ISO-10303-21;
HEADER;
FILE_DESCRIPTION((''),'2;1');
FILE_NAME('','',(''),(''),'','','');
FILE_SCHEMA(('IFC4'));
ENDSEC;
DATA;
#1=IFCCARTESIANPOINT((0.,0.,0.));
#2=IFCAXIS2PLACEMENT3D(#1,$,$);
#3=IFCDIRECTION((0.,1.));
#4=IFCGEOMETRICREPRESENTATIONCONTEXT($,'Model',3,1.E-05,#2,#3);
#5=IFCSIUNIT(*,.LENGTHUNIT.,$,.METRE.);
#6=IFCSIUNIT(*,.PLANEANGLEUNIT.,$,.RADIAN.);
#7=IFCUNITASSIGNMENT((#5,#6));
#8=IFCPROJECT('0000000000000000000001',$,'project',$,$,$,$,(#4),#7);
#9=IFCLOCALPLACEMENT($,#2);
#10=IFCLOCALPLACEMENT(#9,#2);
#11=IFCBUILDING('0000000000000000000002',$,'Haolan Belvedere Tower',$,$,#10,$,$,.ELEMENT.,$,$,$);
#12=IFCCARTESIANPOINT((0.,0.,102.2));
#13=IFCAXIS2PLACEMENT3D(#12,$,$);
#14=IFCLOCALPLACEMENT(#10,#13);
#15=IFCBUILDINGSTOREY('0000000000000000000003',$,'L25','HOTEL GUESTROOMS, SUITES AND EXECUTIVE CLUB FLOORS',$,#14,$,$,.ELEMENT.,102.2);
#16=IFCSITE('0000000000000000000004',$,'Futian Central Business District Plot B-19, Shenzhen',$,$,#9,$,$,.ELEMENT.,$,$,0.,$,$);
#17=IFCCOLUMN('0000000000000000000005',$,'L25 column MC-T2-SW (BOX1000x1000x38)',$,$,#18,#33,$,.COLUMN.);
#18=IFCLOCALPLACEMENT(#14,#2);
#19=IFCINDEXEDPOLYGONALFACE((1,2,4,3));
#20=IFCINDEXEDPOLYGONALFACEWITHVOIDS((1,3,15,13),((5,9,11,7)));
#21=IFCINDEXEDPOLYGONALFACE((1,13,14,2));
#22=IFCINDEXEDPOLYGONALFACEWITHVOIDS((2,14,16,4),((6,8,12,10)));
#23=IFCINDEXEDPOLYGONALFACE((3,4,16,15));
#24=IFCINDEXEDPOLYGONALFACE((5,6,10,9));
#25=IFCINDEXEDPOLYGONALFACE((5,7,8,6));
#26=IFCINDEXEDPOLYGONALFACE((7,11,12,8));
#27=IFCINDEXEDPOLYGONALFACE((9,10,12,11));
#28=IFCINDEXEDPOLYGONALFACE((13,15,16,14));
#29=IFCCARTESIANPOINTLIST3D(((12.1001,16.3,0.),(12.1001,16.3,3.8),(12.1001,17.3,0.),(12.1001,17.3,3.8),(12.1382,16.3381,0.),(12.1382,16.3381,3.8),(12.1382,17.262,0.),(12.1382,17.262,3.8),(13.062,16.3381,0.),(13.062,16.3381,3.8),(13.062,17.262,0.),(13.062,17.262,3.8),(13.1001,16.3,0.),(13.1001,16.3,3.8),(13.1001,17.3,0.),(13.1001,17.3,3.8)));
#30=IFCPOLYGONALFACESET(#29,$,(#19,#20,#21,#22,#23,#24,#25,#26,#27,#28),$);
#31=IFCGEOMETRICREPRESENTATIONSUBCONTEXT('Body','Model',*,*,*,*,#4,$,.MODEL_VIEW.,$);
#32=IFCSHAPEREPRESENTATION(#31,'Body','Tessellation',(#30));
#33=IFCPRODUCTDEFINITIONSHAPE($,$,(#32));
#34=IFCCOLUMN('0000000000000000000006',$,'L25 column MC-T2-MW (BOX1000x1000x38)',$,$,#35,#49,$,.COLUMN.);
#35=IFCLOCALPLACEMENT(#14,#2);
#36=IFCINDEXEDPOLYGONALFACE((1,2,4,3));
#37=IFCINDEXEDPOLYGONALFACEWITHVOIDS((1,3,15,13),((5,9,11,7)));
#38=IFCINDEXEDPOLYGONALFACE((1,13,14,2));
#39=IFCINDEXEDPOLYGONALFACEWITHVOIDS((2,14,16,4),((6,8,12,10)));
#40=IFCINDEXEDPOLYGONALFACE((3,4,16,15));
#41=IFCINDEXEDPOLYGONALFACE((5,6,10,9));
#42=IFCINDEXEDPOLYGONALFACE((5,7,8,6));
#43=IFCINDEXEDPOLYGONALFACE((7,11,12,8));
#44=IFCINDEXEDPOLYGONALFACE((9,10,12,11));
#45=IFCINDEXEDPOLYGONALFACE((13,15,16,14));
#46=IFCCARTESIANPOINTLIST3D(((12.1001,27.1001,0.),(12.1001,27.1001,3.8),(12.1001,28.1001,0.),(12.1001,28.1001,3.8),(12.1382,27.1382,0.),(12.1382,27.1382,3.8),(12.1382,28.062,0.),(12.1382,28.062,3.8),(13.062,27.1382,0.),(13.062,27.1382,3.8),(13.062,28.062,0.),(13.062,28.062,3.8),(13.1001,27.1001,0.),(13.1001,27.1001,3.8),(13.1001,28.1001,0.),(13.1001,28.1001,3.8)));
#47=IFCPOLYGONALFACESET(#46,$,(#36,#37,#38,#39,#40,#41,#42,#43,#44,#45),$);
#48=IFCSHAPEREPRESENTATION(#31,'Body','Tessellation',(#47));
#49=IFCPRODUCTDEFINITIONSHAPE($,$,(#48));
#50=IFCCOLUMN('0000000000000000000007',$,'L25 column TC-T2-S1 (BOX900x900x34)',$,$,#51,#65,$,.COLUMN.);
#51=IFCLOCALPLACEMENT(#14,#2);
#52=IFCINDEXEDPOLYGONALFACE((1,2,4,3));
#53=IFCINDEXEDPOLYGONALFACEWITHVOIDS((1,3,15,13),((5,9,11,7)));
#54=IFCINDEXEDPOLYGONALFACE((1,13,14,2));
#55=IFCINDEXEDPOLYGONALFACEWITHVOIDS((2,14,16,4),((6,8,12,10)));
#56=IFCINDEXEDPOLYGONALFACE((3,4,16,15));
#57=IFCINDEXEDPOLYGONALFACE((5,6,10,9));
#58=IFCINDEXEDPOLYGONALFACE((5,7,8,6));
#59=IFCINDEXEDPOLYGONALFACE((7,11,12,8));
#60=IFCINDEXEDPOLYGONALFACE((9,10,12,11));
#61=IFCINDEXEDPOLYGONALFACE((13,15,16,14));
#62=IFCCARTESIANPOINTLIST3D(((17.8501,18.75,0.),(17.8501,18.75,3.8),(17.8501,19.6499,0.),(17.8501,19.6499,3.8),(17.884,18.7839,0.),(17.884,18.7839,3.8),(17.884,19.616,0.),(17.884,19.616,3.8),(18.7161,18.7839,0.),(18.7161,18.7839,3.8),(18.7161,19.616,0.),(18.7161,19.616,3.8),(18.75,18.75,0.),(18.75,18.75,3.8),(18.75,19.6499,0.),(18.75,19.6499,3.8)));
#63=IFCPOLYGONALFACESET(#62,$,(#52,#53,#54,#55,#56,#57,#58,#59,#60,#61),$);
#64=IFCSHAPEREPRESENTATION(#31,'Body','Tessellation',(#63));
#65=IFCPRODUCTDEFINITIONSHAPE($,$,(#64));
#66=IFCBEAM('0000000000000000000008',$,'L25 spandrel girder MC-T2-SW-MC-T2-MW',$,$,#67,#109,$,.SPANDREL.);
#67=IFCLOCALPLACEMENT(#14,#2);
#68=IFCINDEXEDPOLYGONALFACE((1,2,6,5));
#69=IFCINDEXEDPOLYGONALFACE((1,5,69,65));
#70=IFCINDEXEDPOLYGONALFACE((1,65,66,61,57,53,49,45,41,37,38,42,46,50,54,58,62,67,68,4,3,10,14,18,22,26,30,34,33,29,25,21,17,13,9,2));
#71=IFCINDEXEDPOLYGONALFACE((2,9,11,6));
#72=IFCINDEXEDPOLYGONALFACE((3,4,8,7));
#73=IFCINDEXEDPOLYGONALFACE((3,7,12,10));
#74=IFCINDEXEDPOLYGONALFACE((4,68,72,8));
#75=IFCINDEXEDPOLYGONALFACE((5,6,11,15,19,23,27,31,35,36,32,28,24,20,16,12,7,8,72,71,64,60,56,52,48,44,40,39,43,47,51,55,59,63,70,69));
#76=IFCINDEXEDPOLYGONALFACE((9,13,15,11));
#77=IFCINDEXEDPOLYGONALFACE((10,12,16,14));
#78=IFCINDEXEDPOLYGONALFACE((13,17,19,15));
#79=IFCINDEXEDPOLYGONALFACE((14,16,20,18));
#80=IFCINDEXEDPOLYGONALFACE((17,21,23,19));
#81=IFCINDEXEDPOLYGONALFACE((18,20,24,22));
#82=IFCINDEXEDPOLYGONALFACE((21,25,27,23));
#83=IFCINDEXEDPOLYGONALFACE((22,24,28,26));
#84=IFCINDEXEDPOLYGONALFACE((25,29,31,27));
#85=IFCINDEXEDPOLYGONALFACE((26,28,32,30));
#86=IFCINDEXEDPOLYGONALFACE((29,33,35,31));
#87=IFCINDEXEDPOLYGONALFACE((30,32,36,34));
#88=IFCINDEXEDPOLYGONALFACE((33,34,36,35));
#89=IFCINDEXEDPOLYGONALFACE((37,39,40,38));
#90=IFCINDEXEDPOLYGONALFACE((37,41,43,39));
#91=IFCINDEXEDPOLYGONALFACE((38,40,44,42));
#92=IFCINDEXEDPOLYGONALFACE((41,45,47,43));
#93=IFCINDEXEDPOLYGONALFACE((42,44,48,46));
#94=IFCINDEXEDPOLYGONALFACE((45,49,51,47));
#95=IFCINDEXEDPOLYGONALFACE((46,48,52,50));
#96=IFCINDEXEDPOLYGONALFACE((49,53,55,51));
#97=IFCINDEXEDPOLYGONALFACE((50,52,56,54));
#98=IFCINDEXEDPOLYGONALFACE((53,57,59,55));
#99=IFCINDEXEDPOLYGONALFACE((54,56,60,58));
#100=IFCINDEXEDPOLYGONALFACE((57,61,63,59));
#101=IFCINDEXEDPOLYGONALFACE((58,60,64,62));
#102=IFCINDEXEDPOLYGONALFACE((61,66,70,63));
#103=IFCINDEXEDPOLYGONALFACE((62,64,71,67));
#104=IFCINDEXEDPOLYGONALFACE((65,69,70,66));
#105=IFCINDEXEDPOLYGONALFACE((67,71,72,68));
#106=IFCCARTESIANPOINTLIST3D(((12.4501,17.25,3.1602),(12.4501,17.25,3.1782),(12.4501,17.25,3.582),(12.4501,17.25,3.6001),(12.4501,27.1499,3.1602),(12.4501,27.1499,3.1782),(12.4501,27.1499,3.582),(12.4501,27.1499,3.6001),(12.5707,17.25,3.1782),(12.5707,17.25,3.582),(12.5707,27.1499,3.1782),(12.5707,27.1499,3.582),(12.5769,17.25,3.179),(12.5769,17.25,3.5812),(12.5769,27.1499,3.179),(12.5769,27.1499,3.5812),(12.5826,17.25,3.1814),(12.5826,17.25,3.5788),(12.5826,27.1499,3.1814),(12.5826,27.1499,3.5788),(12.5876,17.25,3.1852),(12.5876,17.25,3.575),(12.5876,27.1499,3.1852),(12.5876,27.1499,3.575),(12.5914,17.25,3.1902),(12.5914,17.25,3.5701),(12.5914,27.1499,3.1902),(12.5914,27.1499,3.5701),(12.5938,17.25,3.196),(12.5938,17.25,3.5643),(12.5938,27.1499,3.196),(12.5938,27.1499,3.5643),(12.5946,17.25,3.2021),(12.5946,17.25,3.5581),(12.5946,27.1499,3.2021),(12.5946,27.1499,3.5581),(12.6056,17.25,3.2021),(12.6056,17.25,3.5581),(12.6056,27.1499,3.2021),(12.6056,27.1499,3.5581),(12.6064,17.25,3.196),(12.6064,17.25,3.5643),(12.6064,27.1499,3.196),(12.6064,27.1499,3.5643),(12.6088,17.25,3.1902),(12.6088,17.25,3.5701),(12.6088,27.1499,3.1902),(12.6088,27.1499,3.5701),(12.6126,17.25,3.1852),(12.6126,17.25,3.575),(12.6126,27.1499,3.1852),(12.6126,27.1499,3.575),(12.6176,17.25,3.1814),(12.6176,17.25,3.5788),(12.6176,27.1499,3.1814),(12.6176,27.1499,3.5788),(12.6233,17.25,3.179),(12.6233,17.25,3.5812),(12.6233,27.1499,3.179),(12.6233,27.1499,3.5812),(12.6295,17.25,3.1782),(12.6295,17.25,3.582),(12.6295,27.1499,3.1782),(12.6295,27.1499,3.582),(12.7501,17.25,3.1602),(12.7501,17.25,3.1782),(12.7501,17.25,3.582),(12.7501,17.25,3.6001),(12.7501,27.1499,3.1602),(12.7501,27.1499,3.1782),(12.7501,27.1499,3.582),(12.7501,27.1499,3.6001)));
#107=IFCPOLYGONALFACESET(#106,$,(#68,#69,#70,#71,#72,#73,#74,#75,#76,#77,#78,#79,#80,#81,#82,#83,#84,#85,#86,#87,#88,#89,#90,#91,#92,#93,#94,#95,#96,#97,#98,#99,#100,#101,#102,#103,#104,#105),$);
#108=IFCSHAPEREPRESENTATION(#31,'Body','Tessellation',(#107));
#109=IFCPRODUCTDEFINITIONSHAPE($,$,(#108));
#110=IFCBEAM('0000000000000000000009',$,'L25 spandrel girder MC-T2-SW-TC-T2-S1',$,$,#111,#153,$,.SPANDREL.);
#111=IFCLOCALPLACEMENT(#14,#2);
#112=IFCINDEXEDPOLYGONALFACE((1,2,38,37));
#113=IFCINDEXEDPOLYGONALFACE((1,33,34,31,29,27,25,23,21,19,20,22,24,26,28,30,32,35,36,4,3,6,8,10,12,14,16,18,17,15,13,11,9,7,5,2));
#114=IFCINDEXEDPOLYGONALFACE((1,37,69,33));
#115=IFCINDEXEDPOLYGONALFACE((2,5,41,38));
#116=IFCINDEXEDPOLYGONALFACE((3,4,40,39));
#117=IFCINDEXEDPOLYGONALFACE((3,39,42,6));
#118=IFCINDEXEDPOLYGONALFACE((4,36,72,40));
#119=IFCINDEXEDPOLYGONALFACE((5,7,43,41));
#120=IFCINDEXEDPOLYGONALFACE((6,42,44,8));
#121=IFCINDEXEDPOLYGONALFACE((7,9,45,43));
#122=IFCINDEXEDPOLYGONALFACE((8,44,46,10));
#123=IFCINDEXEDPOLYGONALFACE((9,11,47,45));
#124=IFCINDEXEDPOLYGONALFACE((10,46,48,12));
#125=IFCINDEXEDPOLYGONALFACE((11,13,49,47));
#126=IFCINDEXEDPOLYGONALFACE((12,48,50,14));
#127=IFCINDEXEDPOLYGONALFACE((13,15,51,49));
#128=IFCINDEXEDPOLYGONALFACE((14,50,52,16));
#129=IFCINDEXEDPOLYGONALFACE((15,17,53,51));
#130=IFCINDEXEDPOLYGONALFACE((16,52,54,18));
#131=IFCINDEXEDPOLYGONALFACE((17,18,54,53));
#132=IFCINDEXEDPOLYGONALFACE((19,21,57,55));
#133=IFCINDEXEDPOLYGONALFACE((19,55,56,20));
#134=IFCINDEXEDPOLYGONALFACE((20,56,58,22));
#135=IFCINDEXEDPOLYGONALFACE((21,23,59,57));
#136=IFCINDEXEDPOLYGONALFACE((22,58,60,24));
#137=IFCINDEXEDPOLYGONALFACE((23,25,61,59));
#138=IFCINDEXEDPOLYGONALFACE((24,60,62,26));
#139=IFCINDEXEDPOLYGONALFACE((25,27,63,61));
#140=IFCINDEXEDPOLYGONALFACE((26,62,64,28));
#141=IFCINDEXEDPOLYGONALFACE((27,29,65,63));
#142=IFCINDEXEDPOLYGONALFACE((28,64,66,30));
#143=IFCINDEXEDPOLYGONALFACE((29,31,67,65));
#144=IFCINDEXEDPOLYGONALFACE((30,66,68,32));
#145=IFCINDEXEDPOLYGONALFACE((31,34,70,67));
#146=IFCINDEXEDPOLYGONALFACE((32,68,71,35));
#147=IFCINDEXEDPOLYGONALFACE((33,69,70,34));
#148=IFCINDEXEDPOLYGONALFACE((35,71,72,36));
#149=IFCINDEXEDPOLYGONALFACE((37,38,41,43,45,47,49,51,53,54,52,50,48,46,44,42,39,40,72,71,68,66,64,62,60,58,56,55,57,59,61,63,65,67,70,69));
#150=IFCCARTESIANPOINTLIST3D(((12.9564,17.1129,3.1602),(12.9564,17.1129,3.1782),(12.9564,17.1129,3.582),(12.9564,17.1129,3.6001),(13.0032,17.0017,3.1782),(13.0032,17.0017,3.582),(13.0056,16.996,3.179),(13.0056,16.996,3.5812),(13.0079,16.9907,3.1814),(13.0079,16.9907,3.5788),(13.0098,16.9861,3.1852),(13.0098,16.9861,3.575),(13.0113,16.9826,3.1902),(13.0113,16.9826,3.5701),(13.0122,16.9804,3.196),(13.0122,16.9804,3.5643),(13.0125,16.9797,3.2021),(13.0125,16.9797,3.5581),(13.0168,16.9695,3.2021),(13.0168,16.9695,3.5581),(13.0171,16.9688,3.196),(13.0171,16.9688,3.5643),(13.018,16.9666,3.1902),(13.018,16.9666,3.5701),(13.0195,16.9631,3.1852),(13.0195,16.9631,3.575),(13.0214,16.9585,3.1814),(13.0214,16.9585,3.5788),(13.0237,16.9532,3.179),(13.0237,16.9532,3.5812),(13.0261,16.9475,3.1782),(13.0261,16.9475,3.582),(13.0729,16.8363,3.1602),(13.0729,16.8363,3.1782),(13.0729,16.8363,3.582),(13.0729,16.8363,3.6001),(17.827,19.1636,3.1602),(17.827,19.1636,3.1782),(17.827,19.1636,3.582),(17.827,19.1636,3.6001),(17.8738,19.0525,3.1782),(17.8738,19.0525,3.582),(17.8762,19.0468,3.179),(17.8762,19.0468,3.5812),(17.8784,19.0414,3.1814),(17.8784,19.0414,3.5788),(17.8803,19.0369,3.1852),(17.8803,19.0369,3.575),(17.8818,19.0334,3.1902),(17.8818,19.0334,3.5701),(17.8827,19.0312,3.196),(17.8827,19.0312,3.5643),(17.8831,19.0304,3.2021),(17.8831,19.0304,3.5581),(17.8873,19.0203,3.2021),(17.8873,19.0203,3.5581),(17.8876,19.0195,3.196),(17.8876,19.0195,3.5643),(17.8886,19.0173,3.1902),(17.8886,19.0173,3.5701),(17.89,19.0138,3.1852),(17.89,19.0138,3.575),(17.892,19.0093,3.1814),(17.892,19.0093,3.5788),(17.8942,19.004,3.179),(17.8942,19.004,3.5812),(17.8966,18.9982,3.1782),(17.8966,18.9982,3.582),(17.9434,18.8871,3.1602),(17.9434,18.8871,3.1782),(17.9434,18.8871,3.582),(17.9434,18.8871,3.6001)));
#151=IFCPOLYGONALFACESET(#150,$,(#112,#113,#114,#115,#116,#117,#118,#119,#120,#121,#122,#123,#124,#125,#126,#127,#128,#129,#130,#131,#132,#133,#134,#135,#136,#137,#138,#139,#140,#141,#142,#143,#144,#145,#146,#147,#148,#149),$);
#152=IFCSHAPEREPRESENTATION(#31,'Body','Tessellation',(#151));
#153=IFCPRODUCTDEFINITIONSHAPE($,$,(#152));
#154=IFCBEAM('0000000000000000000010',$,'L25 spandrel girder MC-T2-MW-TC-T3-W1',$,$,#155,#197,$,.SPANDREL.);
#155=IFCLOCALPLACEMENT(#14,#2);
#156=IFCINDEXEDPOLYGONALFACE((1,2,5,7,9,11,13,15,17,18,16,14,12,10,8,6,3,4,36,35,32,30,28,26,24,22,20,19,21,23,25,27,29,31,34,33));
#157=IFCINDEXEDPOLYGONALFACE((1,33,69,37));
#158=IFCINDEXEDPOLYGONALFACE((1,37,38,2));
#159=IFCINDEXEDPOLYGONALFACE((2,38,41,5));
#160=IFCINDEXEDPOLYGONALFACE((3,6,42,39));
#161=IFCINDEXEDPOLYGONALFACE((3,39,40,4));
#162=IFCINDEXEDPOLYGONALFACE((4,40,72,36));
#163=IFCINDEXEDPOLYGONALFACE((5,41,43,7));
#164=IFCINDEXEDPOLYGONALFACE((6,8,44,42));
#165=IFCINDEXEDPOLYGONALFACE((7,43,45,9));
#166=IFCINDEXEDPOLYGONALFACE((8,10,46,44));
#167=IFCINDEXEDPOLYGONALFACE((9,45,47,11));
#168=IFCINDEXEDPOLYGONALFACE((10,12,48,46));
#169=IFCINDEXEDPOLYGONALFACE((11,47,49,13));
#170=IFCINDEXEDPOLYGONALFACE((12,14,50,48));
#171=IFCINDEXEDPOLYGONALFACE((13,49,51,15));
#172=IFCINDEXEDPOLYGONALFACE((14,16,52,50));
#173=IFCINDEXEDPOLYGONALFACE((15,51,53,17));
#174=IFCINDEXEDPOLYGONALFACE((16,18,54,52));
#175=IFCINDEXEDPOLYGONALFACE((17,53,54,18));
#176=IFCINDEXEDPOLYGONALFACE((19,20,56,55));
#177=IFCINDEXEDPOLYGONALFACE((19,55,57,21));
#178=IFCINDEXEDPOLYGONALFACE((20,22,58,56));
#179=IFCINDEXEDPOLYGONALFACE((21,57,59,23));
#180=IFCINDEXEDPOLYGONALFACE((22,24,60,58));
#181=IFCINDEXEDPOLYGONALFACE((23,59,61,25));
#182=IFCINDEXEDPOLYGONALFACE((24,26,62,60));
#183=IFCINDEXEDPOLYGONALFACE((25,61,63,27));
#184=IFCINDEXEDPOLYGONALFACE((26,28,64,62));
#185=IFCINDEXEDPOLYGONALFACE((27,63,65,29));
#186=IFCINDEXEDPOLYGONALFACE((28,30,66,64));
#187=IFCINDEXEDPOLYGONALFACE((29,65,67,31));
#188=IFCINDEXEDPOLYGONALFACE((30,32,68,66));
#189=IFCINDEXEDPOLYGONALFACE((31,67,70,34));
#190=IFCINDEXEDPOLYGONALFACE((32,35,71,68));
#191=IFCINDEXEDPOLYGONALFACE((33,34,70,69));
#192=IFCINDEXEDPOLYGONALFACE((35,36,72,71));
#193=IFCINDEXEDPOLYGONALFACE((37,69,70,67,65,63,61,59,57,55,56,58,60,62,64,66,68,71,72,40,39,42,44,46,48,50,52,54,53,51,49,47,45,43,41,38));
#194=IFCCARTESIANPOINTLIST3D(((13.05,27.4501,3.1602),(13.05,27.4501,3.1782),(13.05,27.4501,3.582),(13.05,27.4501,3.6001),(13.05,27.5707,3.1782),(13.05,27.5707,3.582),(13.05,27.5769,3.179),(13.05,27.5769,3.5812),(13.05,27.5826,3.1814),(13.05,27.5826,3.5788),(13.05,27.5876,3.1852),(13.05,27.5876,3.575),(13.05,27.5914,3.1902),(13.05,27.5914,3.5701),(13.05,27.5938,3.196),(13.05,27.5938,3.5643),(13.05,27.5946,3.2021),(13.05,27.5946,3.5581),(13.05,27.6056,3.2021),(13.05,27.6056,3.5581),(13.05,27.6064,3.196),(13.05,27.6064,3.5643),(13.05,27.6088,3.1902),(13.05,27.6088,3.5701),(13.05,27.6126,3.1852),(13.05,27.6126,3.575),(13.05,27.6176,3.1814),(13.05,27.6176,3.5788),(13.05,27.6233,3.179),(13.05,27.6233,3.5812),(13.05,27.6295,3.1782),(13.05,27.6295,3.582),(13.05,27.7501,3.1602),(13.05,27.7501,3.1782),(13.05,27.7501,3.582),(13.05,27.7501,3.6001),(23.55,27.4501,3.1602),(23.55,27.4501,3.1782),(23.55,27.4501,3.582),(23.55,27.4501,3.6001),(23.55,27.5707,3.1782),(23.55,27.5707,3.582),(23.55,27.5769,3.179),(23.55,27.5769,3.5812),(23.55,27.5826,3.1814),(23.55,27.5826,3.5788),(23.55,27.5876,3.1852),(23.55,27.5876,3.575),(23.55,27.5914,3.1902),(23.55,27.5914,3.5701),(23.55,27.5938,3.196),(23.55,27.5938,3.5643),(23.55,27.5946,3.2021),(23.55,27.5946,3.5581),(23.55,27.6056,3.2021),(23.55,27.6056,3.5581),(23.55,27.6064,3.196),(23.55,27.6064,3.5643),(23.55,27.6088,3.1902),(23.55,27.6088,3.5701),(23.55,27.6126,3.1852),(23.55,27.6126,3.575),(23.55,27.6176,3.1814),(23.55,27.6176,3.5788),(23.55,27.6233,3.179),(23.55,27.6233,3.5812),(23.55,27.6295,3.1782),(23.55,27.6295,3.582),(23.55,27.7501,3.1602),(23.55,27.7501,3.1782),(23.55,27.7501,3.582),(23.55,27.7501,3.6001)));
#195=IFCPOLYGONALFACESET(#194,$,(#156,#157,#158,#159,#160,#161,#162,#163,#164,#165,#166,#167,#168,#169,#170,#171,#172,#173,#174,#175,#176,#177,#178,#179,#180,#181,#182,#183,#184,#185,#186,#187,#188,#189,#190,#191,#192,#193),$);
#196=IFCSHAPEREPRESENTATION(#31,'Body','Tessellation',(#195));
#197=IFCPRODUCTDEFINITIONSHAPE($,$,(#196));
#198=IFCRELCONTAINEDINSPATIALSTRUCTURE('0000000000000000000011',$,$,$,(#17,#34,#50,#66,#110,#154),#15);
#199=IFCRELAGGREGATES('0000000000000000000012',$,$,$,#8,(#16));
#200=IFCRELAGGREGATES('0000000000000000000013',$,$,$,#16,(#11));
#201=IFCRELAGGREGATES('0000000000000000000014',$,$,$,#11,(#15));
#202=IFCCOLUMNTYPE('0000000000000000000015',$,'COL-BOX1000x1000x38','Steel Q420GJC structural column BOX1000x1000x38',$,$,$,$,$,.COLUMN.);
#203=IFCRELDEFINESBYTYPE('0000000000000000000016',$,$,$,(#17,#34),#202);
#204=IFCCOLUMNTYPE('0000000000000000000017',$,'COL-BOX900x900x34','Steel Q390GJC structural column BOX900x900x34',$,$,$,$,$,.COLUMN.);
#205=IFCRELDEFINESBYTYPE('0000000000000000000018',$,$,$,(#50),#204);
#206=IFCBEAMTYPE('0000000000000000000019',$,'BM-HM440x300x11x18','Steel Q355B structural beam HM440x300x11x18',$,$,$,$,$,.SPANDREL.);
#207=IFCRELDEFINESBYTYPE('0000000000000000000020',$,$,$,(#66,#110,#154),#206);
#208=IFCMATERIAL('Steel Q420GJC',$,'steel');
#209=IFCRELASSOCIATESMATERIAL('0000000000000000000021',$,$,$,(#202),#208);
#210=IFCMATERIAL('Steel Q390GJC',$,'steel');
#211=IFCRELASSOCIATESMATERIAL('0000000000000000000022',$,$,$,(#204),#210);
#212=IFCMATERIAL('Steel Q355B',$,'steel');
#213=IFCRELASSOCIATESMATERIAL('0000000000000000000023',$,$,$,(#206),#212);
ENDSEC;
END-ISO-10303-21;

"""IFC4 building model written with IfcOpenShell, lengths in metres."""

from ifc_helpers import new_model, si_unit, direction, frame, origin, origin_2d, place, context, subcontext, project, spatial, hollow_rectangle, i_section, extrude, material, material_profile, profile_set, type_object, element, save


model = new_model("IFC4")

# Units and contexts
model_context = context("Model", 3, precision=1e-05, world=origin(), true_north=direction((0.0, 1.0)))
body_context = subcontext(model_context, "Body", "Model", "MODEL_VIEW")
ifc_project = project(units=[si_unit("LENGTHUNIT", "METRE"), si_unit("PLANEANGLEUNIT", "RADIAN")], contexts=[model_context])

# Site, building, storey
site_placement = place(None, origin())
site = spatial("IfcSite", under=ifc_project, at=site_placement, Name="Futian Central Business District Plot B-19, Shenzhen", CompositionType="ELEMENT", RefElevation=0.0)
building_placement = place(site_placement, origin())
building = spatial("IfcBuilding", under=site, at=building_placement, Name="Haolan Belvedere Tower", CompositionType="ELEMENT")
storey_placement = place(building_placement, frame((0.0, 0.0, 102.2)))
storey = spatial("IfcBuildingStorey", under=building, at=storey_placement, Name="L25", Description="HOTEL GUESTROOMS, SUITES AND EXECUTIVE CLUB FLOORS", CompositionType="ELEMENT", Elevation=102.2)

# Columns
ifc_material_1 = material(Name="Steel Q420GJC", Category="steel")
ifc_material_profile_1 = material_profile(ifc_material_1, hollow_rectangle(XDim=1.0, YDim=1.0, WallThickness=0.0381, at=origin_2d()), Name="Steel Q420GJC")
ifc_profile_set_1 = profile_set([ifc_material_profile_1], Name="Steel Q420GJC")
column_type_1 = type_object("IfcColumnType", Name="COL-BOX1000x1000x38", Description="Steel Q420GJC structural column BOX1000x1000x38", PredefinedType="COLUMN", material=ifc_profile_set_1)
for number, where, z_axis, x_axis, name in (
    (1, (12.6001, 16.8, 0.0), (0.0, 0.0, 1.0), (1.0, 0.0, 0.0), "L25 column MC-T2-SW (BOX1000x1000x38)"),
    (2, (12.6001, 27.6001, 0.0), (0.0, 0.0, 1.0), (1.0, 0.0, 0.0), "L25 column MC-T2-MW (BOX1000x1000x38)"),
):
    element("IfcColumn", number, at=place(storey_placement, frame(where, z_axis=z_axis, x_axis=x_axis)), inside=storey, type_object=column_type_1, Name=name, PredefinedType="COLUMN", context=body_context, shape_type="SweptSolid", body=[
        extrude(hollow_rectangle(XDim=1.0, YDim=1.0, WallThickness=0.0381, at=origin_2d()), origin(), (0.0, 0.0, 1.0), 3.8),
    ])
ifc_material_2 = material(Name="Steel Q390GJC", Category="steel")
ifc_material_profile_2 = material_profile(ifc_material_2, hollow_rectangle(XDim=0.8999, YDim=0.8999, WallThickness=0.0339, at=origin_2d()), Name="Steel Q390GJC")
ifc_profile_set_2 = profile_set([ifc_material_profile_2], Name="Steel Q390GJC")
column_type_2 = type_object("IfcColumnType", Name="COL-BOX900x900x34", Description="Steel Q390GJC structural column BOX900x900x34", PredefinedType="COLUMN", material=ifc_profile_set_2)
column_placement = place(storey_placement, frame((18.3, 19.2, 0.0), z_axis=(0.0, 0.0, 1.0), x_axis=(1.0, 0.0, 0.0)))
element("IfcColumn", 3, at=column_placement, inside=storey, type_object=column_type_2, Name="L25 column TC-T2-S1 (BOX900x900x34)", PredefinedType="COLUMN", context=body_context, shape_type="SweptSolid", body=[
    extrude(hollow_rectangle(XDim=0.8999, YDim=0.8999, WallThickness=0.0339, at=origin_2d()), origin(), (0.0, 0.0, 1.0), 3.8),
])

# Beams
ifc_material_3 = material(Name="Steel Q355B", Category="steel")
ifc_material_profile_3 = material_profile(ifc_material_3, i_section(OverallWidth=0.3, OverallDepth=0.4399, WebThickness=0.011, FlangeThickness=0.0181, FilletRadius=0.0239, at=origin_2d()), Name="Steel Q355B")
ifc_profile_set_3 = profile_set([ifc_material_profile_3], Name="Steel Q355B")
beam_type_1 = type_object("IfcBeamType", Name="BM-HM440x300x11x18", Description="Steel Q355B structural beam HM440x300x11x18", PredefinedType="SPANDREL", material=ifc_profile_set_3)
beam_1_placement = place(storey_placement, frame((12.6001, 17.25, 3.3801), z_axis=(0.0, 1.0, 0.0), x_axis=(-1.0, 0.0, 0.0)))
element("IfcBeam", 4, at=beam_1_placement, inside=storey, type_object=beam_type_1, Name="L25 spandrel girder MC-T2-SW-MC-T2-MW", PredefinedType="SPANDREL", context=body_context, shape_type="SweptSolid", body=[
    extrude(i_section(OverallWidth=0.3, OverallDepth=0.4399, WebThickness=0.011, FlangeThickness=0.0181, FilletRadius=0.0239, at=origin_2d()), origin(), (0.0, 0.0, 1.0), 9.8999),
])
beam_2_placement = place(storey_placement, frame((13.0146, 16.9746, 3.3801), z_axis=(0.921635, 0.388057, 0.0), x_axis=(-0.388057, 0.921635, 0.0)))
element("IfcBeam", 5, at=beam_2_placement, inside=storey, type_object=beam_type_1, Name="L25 spandrel girder MC-T2-SW-TC-T2-S1", PredefinedType="SPANDREL", context=body_context, shape_type="SweptSolid", body=[
    extrude(i_section(OverallWidth=0.3, OverallDepth=0.4399, WebThickness=0.011, FlangeThickness=0.0181, FilletRadius=0.0239, at=origin_2d()), origin(), (0.0, 0.0, 1.0), 5.2847),
])
beam_3_placement = place(storey_placement, frame((13.05, 27.6001, 3.3801), z_axis=(1.0, 0.0, 0.0), x_axis=(0.0, 1.0, 0.0)))
element("IfcBeam", 6, at=beam_3_placement, inside=storey, type_object=beam_type_1, Name="L25 spandrel girder MC-T2-MW-TC-T3-W1", PredefinedType="SPANDREL", context=body_context, shape_type="SweptSolid", body=[
    extrude(i_section(OverallWidth=0.3, OverallDepth=0.4399, WebThickness=0.011, FlangeThickness=0.0181, FilletRadius=0.0239, at=origin_2d()), origin(), (0.0, 0.0, 1.0), 10.5),
])

save(model, "model.ifc")
